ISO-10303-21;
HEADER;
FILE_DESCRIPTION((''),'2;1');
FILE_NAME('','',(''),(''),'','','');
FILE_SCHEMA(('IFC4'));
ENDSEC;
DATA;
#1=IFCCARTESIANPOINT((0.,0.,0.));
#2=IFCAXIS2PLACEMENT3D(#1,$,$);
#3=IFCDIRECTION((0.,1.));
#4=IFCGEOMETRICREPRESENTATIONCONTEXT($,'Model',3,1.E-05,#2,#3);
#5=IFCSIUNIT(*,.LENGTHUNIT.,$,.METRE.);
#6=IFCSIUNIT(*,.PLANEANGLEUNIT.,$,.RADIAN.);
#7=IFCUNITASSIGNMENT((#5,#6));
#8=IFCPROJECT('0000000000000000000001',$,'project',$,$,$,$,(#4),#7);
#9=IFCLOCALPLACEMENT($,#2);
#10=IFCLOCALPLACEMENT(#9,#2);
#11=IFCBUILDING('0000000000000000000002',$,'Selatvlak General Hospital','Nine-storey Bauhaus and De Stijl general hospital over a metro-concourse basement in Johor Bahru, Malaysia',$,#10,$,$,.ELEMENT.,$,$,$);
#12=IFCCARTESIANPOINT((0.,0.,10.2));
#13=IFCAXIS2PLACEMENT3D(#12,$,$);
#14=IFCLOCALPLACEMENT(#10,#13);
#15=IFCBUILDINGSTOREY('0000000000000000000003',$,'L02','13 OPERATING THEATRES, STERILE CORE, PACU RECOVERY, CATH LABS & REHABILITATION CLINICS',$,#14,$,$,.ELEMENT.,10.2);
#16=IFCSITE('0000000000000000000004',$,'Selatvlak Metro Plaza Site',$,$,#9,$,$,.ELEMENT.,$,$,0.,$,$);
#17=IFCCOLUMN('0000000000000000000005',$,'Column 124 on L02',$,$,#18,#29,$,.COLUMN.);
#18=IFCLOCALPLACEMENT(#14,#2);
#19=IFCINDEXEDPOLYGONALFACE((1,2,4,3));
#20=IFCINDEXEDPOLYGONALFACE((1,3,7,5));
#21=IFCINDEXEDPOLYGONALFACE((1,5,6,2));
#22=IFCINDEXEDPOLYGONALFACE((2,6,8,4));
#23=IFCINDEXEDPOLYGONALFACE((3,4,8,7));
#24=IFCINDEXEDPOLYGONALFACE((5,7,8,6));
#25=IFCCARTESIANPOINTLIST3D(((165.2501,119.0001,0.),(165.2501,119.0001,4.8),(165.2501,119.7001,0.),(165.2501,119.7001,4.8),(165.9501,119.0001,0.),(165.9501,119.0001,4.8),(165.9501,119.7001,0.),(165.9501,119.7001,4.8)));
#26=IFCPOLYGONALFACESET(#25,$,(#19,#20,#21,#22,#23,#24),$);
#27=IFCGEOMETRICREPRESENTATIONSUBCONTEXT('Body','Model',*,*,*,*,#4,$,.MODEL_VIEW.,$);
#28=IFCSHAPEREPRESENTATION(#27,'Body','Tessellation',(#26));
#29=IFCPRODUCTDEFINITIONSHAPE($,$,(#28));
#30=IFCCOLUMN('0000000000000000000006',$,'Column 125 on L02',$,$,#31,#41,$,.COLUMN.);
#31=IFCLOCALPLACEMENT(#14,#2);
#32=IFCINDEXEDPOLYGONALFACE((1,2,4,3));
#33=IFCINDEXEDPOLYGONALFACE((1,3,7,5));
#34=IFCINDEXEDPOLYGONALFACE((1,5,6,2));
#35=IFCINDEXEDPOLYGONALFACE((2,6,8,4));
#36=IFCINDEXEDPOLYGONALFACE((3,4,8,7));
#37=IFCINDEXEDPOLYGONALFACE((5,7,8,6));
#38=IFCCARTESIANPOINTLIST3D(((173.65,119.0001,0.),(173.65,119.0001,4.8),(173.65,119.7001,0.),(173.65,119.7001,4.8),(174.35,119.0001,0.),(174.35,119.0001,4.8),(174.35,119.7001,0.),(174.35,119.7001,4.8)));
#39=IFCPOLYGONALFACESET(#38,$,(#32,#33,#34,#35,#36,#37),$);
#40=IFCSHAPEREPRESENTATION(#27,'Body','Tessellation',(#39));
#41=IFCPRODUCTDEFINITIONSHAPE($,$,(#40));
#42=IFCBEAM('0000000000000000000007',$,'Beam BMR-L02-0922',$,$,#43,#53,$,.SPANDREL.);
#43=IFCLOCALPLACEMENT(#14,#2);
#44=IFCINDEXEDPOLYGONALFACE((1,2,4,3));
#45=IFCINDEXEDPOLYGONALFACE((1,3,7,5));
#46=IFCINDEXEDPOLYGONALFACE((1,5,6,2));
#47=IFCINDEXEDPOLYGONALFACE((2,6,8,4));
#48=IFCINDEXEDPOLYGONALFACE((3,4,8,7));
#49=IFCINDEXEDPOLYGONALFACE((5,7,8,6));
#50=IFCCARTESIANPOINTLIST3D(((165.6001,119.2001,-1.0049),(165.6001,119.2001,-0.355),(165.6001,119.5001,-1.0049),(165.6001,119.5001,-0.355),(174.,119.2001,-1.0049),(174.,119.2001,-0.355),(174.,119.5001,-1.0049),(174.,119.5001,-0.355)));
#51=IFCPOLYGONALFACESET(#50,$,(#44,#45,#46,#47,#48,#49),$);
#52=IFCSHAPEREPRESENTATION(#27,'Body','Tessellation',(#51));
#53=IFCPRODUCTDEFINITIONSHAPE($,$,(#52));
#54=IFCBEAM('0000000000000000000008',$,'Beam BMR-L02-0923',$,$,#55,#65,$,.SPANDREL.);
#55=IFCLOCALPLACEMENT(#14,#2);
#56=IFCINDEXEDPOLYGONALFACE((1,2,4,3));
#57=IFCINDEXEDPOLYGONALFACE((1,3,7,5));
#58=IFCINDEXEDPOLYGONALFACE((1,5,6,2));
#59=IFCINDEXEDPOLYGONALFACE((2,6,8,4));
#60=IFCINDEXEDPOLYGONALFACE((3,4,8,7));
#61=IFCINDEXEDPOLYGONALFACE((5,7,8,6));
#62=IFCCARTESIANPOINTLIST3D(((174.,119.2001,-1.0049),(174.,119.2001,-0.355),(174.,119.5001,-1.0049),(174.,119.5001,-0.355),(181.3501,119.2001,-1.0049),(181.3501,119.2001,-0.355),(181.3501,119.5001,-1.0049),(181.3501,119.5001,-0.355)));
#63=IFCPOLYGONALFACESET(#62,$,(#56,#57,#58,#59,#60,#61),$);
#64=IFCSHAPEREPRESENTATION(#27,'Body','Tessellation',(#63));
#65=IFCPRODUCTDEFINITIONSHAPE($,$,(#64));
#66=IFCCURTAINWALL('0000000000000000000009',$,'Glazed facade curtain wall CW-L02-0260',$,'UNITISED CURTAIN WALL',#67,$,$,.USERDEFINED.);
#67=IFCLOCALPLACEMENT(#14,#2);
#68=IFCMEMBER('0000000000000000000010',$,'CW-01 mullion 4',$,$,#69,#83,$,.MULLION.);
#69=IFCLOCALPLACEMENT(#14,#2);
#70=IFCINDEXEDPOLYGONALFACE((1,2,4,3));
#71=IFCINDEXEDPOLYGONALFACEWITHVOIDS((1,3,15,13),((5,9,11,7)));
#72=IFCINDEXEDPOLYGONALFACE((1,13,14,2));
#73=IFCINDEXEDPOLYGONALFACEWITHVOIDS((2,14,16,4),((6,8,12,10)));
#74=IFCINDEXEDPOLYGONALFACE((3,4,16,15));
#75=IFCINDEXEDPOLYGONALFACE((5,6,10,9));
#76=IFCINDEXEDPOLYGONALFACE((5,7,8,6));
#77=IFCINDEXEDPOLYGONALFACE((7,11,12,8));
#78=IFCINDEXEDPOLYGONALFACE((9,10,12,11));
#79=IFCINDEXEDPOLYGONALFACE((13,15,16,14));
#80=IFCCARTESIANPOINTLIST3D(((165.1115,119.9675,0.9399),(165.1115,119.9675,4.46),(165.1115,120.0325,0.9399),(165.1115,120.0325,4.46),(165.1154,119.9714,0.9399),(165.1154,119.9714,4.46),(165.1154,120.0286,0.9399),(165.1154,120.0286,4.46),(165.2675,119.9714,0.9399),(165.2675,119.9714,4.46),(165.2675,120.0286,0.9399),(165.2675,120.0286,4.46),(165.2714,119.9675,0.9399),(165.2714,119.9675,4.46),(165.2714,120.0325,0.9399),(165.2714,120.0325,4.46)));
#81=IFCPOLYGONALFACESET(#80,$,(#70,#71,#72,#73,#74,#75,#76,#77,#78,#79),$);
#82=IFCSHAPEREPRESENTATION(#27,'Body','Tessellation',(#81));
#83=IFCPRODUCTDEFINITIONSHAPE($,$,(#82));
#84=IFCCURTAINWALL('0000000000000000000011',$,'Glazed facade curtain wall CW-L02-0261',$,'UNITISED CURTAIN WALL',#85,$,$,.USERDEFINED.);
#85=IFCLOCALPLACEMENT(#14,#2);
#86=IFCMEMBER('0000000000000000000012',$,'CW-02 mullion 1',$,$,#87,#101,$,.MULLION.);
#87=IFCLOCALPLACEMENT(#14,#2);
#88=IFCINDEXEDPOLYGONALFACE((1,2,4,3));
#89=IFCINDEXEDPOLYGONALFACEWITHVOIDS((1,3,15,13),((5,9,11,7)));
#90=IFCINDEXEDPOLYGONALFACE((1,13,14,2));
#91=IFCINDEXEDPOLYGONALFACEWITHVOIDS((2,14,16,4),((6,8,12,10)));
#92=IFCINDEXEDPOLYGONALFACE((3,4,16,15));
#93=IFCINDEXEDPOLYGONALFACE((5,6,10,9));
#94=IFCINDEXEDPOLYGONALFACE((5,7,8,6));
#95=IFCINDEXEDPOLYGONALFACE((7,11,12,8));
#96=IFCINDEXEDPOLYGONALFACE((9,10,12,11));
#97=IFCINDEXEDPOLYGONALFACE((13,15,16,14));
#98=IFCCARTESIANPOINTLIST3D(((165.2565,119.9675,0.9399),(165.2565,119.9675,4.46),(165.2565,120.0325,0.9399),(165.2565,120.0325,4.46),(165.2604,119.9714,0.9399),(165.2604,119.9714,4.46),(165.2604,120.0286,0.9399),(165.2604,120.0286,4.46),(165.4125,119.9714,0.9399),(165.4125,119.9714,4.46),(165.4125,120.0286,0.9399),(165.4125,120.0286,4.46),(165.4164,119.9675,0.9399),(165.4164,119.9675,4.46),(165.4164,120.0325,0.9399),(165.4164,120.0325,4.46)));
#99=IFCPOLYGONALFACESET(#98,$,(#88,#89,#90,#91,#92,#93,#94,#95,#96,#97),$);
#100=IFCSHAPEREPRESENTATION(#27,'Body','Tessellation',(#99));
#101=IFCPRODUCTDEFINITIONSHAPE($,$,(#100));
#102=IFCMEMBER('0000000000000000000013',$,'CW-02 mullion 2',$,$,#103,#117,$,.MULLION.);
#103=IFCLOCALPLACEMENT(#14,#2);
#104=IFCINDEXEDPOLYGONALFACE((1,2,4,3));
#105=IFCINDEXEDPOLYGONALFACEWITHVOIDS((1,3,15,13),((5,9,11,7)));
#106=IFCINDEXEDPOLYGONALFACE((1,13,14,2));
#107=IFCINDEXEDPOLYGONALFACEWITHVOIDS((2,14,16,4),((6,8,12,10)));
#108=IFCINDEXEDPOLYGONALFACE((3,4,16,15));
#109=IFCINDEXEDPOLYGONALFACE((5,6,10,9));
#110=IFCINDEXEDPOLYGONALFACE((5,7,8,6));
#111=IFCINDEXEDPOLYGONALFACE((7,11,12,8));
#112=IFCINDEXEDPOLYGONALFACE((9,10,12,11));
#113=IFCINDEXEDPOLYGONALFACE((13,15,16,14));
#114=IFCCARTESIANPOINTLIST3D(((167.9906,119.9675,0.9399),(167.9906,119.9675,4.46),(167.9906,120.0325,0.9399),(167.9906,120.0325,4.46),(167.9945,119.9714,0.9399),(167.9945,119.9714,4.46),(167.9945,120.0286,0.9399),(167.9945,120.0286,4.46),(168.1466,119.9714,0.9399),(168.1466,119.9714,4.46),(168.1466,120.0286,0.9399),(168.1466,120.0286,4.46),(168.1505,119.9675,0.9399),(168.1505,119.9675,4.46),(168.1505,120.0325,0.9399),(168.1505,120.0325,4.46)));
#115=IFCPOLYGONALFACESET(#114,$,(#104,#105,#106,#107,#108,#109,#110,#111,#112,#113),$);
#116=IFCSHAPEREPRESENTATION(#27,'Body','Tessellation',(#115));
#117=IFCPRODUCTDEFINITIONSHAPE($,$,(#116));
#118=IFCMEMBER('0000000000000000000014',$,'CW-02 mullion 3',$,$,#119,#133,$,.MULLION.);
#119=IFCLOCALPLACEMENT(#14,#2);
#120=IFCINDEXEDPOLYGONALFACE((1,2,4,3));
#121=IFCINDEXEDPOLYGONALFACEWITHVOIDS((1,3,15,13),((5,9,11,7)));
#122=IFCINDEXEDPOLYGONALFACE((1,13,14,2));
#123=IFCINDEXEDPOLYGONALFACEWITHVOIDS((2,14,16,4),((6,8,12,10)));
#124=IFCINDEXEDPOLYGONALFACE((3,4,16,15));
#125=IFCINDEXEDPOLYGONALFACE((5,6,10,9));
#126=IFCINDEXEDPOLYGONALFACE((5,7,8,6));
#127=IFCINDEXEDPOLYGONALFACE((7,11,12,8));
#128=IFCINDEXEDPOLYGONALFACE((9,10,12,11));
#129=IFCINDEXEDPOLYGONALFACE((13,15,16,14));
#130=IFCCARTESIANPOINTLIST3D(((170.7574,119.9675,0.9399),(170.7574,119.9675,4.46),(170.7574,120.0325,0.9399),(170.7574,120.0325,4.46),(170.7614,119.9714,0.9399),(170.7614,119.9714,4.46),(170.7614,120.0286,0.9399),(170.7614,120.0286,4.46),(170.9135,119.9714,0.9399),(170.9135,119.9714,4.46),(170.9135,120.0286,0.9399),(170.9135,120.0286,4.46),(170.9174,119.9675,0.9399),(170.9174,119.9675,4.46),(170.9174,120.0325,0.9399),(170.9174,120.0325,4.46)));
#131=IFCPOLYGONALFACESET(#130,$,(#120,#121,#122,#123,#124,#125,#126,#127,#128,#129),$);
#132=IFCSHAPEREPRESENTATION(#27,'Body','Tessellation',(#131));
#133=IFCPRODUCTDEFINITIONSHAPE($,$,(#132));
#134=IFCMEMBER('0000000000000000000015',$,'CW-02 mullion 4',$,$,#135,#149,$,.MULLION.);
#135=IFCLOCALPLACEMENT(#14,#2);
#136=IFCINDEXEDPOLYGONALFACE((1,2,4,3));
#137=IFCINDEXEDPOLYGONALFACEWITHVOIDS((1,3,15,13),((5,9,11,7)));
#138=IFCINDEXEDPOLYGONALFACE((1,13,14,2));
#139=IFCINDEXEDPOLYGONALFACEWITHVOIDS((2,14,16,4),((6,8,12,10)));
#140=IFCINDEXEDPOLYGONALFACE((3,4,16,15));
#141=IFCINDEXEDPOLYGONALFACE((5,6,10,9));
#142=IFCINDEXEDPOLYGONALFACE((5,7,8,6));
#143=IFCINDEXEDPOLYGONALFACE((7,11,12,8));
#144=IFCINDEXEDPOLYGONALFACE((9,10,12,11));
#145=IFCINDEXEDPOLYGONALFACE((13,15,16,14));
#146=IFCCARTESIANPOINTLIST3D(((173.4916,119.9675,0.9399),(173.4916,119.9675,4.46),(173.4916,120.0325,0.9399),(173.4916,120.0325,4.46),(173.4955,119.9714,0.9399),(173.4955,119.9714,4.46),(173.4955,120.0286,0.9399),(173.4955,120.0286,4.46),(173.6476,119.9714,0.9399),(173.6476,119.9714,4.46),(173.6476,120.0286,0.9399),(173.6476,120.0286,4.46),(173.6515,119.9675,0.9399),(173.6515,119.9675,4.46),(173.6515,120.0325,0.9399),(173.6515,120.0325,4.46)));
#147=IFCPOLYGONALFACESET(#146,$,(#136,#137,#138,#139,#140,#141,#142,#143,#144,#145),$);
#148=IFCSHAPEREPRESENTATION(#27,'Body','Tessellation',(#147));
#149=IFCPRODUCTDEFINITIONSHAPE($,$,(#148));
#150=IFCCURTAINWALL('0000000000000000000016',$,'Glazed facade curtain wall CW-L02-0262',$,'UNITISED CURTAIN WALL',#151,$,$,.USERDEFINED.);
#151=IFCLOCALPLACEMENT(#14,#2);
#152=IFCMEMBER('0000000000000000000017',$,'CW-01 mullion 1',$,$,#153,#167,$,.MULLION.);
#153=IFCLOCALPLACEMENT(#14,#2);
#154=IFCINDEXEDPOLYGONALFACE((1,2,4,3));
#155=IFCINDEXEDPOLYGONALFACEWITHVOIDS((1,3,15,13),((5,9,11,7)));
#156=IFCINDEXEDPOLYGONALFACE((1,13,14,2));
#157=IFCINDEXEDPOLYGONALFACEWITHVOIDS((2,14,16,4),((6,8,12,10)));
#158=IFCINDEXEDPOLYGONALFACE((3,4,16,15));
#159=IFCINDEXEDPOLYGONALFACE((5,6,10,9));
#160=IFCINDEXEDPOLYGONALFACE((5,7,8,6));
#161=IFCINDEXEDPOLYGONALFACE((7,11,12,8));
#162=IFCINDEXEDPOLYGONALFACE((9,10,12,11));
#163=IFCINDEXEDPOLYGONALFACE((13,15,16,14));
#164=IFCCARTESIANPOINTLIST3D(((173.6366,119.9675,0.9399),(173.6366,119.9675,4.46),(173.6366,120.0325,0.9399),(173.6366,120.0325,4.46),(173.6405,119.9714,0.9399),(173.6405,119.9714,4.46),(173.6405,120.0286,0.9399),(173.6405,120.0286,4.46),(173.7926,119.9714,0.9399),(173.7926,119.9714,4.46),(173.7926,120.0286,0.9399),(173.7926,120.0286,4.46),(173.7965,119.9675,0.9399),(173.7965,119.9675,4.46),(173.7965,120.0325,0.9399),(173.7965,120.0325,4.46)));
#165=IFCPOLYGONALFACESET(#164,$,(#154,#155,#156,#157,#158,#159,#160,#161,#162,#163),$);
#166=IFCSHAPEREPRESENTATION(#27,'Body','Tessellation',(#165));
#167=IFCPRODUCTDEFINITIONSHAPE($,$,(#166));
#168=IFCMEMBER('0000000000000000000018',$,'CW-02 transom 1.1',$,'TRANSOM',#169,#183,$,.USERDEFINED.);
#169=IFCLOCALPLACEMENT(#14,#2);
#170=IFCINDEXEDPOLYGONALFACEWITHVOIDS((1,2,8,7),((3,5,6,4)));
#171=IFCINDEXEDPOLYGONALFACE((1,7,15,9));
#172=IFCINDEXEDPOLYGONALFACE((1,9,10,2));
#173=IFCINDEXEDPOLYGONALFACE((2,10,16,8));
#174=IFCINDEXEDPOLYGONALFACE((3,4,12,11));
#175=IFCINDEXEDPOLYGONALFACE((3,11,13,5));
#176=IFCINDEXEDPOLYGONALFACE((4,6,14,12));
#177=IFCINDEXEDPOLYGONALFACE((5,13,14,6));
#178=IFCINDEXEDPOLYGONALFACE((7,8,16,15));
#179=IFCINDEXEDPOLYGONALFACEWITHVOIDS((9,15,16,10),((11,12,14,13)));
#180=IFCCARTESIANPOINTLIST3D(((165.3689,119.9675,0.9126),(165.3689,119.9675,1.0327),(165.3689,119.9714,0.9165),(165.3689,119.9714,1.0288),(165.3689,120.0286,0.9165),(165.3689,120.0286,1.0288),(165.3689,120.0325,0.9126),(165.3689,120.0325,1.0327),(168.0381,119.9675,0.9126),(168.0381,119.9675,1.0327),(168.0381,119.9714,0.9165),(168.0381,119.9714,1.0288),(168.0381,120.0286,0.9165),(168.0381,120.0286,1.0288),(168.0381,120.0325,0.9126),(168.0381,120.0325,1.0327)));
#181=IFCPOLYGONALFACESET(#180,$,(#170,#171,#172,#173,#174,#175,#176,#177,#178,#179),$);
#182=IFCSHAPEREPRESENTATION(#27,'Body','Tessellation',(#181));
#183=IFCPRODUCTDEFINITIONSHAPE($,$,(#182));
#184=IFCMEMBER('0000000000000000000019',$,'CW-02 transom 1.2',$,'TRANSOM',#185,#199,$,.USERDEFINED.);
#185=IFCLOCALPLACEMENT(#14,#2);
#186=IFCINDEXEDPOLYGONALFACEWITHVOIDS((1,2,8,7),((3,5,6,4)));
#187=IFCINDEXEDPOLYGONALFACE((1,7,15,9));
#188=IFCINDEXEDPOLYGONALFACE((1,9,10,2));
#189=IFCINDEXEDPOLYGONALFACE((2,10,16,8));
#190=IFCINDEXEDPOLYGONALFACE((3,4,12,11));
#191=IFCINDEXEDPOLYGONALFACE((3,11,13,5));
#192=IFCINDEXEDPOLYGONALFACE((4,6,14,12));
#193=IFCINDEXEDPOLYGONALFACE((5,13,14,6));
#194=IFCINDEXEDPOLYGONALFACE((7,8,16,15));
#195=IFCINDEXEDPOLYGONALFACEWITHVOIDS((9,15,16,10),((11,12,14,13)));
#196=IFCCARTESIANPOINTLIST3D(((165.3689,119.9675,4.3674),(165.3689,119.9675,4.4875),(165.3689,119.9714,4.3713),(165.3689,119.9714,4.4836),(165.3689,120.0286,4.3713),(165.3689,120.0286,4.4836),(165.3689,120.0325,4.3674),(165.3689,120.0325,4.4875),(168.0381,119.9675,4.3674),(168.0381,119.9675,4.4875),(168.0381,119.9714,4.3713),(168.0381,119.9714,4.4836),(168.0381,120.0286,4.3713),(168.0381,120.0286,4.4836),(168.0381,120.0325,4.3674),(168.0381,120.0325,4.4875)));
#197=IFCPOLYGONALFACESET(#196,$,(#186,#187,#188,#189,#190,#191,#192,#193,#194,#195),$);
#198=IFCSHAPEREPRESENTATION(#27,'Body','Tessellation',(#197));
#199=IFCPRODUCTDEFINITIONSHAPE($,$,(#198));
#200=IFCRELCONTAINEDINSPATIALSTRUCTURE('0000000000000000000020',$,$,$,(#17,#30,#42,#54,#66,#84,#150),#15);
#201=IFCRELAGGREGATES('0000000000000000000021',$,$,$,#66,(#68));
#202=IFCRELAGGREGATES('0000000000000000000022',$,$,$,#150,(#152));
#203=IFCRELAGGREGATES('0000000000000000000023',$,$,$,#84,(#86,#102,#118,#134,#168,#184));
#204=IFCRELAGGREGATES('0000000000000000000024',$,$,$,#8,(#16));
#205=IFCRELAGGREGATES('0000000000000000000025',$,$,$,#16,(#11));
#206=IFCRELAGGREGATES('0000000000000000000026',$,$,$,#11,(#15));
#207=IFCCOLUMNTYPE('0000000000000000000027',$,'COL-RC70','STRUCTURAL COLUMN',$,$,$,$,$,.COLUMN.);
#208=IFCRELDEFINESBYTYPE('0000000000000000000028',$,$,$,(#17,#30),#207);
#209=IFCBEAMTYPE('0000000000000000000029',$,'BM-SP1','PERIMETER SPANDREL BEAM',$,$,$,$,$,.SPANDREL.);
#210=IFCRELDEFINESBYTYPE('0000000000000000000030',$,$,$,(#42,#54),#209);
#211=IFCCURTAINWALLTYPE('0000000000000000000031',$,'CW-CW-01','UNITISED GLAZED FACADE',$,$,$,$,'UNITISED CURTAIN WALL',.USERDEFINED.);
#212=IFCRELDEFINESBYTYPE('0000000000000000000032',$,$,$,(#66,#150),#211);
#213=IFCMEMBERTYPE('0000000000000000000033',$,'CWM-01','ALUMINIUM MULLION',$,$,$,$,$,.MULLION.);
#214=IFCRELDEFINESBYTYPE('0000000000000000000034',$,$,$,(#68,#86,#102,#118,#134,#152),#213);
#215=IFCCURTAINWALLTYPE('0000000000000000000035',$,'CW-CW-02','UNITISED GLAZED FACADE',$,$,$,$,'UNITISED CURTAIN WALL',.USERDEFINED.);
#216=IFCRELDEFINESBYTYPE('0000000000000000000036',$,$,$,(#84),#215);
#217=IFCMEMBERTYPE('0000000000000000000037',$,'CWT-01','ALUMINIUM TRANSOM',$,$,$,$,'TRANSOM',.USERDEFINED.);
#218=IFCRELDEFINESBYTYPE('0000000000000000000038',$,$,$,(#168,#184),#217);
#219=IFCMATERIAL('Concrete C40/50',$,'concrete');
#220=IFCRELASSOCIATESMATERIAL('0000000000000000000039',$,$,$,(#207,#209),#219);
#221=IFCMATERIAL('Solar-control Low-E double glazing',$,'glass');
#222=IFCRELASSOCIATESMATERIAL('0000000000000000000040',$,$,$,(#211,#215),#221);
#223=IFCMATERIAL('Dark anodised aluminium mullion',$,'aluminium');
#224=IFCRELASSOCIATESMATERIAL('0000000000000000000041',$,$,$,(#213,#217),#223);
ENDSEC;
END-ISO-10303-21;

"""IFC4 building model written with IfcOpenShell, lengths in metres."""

from ifc_helpers import new_model, si_unit, direction, frame, origin, origin_2d, place, context, subcontext, project, spatial, rectangle, hollow_rectangle, extrude, material, material_profile, profile_set, type_object, element, aggregate, save


model = new_model("IFC4")

# Units and contexts
model_context = context("Model", 3, precision=1e-05, world=origin(), true_north=direction((0.0, 1.0)))
body_context = subcontext(model_context, "Body", "Model", "MODEL_VIEW")
ifc_project = project(units=[si_unit("LENGTHUNIT", "METRE"), si_unit("PLANEANGLEUNIT", "RADIAN")], contexts=[model_context])

# Site, building, storey
site_placement = place(None, origin())
site = spatial("IfcSite", under=ifc_project, at=site_placement, Name="Selatvlak Metro Plaza Site", CompositionType="ELEMENT", RefElevation=0.0)
building_placement = place(site_placement, origin())
building = spatial("IfcBuilding", under=site, at=building_placement, Name="Selatvlak General Hospital", Description="Nine-storey Bauhaus and De Stijl general hospital over a metro-concourse basement in Johor Bahru, Malaysia", CompositionType="ELEMENT")
storey_placement = place(building_placement, frame((0.0, 0.0, 10.2)))
storey = spatial("IfcBuildingStorey", under=building, at=storey_placement, Name="L02", Description="13 OPERATING THEATRES, STERILE CORE, PACU RECOVERY, CATH LABS & REHABILITATION CLINICS", CompositionType="ELEMENT", Elevation=10.2)

# Columns
ifc_material_1 = material(Name="Concrete C40/50", Category="concrete")
ifc_material_profile_1 = material_profile(ifc_material_1, rectangle(XDim=0.7, YDim=0.7, at=origin_2d()), Name="RC-COL 700x700")
ifc_profile_set_1 = profile_set([ifc_material_profile_1], Name="Concrete C40/50")
column_type = type_object("IfcColumnType", Name="COL-RC70", Description="STRUCTURAL COLUMN", PredefinedType="COLUMN", material=ifc_profile_set_1)
for number, where, z_axis, x_axis, name in (
    (1, (165.6001, 119.3501, 0.0), (0.0, 0.0, 1.0), (1.0, 0.0, 0.0), "Column 124 on L02"),
    (2, (174.0, 119.3501, 0.0), (0.0, 0.0, 1.0), (1.0, 0.0, 0.0), "Column 125 on L02"),
):
    element("IfcColumn", number, at=place(storey_placement, frame(where, z_axis=z_axis, x_axis=x_axis)), inside=storey, type_object=column_type, Name=name, PredefinedType="COLUMN", context=body_context, shape_type="SweptSolid", body=[
        extrude(rectangle(XDim=0.7, YDim=0.7, at=origin_2d()), origin(), (0.0, 0.0, 1.0), 4.8),
    ])

# Beams
ifc_material_profile_2 = material_profile(ifc_material_1, rectangle(XDim=0.3, YDim=0.6499, at=origin_2d()), Name="RC-SP 300x650")
ifc_profile_set_2 = profile_set([ifc_material_profile_2], Name="Concrete C40/50")
beam_type = type_object("IfcBeamType", Name="BM-SP1", Description="PERIMETER SPANDREL BEAM", PredefinedType="SPANDREL", material=ifc_profile_set_2)
beam_1_placement = place(storey_placement, frame((165.6001, 119.3501, -0.6799), z_axis=(1.0, 0.0, 0.0), x_axis=(0.0, 1.0, 0.0)))
element("IfcBeam", 3, at=beam_1_placement, inside=storey, type_object=beam_type, Name="Beam BMR-L02-0922", PredefinedType="SPANDREL", context=body_context, shape_type="SweptSolid", body=[
    extrude(rectangle(XDim=0.3, YDim=0.6499, at=origin_2d()), origin(), (0.0, 0.0, 1.0), 8.3999),
])
beam_2_placement = place(storey_placement, frame((174.0, 119.3501, -0.6799), z_axis=(1.0, 0.0, 0.0), x_axis=(0.0, 1.0, 0.0)))
element("IfcBeam", 4, at=beam_2_placement, inside=storey, type_object=beam_type, Name="Beam BMR-L02-0923", PredefinedType="SPANDREL", context=body_context, shape_type="SweptSolid", body=[
    extrude(rectangle(XDim=0.3, YDim=0.6499, at=origin_2d()), origin(), (0.0, 0.0, 1.0), 7.3501),
])

# Curtain wall, member
ifc_material_2 = material(Name="Solar-control Low-E double glazing", Category="glass")
curtain_wall_type_1 = type_object("IfcCurtainWallType", Name="CW-CW-01", Description="UNITISED GLAZED FACADE", ElementType="UNITISED CURTAIN WALL", PredefinedType="USERDEFINED", material=ifc_material_2)
curtain_wall_1_placement = place(storey_placement, origin())
curtain_wall_1 = element("IfcCurtainWall", 5, at=curtain_wall_1_placement, inside=storey, type_object=curtain_wall_type_1, Name="Glazed facade curtain wall CW-L02-0260", ObjectType="UNITISED CURTAIN WALL", PredefinedType="USERDEFINED")
ifc_material_3 = material(Name="Dark anodised aluminium mullion", Category="aluminium")
ifc_material_profile_3 = material_profile(ifc_material_3, hollow_rectangle(XDim=0.0649, YDim=0.1599, WallThickness=0.0039, at=origin_2d()), Name="AL-MUL 65x160x4")
ifc_profile_set_3 = profile_set([ifc_material_profile_3], Name="Dark anodised aluminium mullion")
member_type_1 = type_object("IfcMemberType", Name="CWM-01", Description="ALUMINIUM MULLION", PredefinedType="MULLION", material=ifc_profile_set_3)
member_1_placement = place(storey_placement, frame((165.1914, 120.0, 0.9399), z_axis=(0.0, 0.0, 1.0), x_axis=(0.0, 1.0, 0.0)))
member_1 = element("IfcMember", 6, at=member_1_placement, type_object=member_type_1, Name="CW-01 mullion 4", PredefinedType="MULLION", context=body_context, shape_type="SweptSolid", body=[
    extrude(hollow_rectangle(XDim=0.0649, YDim=0.1599, WallThickness=0.0039, at=origin_2d()), origin(), (0.0, 0.0, 1.0), 3.52),
])
aggregate(curtain_wall_1, [member_1])

# Curtain wall, members
curtain_wall_type_2 = type_object("IfcCurtainWallType", Name="CW-CW-02", Description="UNITISED GLAZED FACADE", ElementType="UNITISED CURTAIN WALL", PredefinedType="USERDEFINED", material=ifc_material_2)
curtain_wall_2_placement = place(storey_placement, origin())
curtain_wall_2 = element("IfcCurtainWall", 7, at=curtain_wall_2_placement, inside=storey, type_object=curtain_wall_type_2, Name="Glazed facade curtain wall CW-L02-0261", ObjectType="UNITISED CURTAIN WALL", PredefinedType="USERDEFINED")
member_2_placement = place(storey_placement, frame((165.3364, 120.0, 0.9399), z_axis=(0.0, 0.0, 1.0), x_axis=(0.0, 1.0, 0.0)))
member_2 = element("IfcMember", 8, at=member_2_placement, type_object=member_type_1, Name="CW-02 mullion 1", PredefinedType="MULLION", context=body_context, shape_type="SweptSolid", body=[
    extrude(hollow_rectangle(XDim=0.0649, YDim=0.1599, WallThickness=0.0039, at=origin_2d()), origin(), (0.0, 0.0, 1.0), 3.52),
])
member_3_placement = place(storey_placement, frame((168.0706, 120.0, 0.9399), z_axis=(0.0, 0.0, 1.0), x_axis=(0.0, 1.0, 0.0)))
member_3 = element("IfcMember", 9, at=member_3_placement, type_object=member_type_1, Name="CW-02 mullion 2", PredefinedType="MULLION", context=body_context, shape_type="SweptSolid", body=[
    extrude(hollow_rectangle(XDim=0.0649, YDim=0.1599, WallThickness=0.0039, at=origin_2d()), origin(), (0.0, 0.0, 1.0), 3.52),
])
member_4_placement = place(storey_placement, frame((170.8374, 120.0, 0.9399), z_axis=(0.0, 0.0, 1.0), x_axis=(0.0, 1.0, 0.0)))
member_4 = element("IfcMember", 10, at=member_4_placement, type_object=member_type_1, Name="CW-02 mullion 3", PredefinedType="MULLION", context=body_context, shape_type="SweptSolid", body=[
    extrude(hollow_rectangle(XDim=0.0649, YDim=0.1599, WallThickness=0.0039, at=origin_2d()), origin(), (0.0, 0.0, 1.0), 3.52),
])
member_5_placement = place(storey_placement, frame((173.5715, 120.0, 0.9399), z_axis=(0.0, 0.0, 1.0), x_axis=(0.0, 1.0, 0.0)))
member_5 = element("IfcMember", 11, at=member_5_placement, type_object=member_type_1, Name="CW-02 mullion 4", PredefinedType="MULLION", context=body_context, shape_type="SweptSolid", body=[
    extrude(hollow_rectangle(XDim=0.0649, YDim=0.1599, WallThickness=0.0039, at=origin_2d()), origin(), (0.0, 0.0, 1.0), 3.52),
])

# Curtain wall, member
curtain_wall_3_placement = place(storey_placement, origin())
curtain_wall_3 = element("IfcCurtainWall", 12, at=curtain_wall_3_placement, inside=storey, type_object=curtain_wall_type_1, Name="Glazed facade curtain wall CW-L02-0262", ObjectType="UNITISED CURTAIN WALL", PredefinedType="USERDEFINED")
member_6_placement = place(storey_placement, frame((173.7166, 120.0, 0.9399), z_axis=(0.0, 0.0, 1.0), x_axis=(0.0, 1.0, 0.0)))
member_6 = element("IfcMember", 13, at=member_6_placement, type_object=member_type_1, Name="CW-01 mullion 1", PredefinedType="MULLION", context=body_context, shape_type="SweptSolid", body=[
    extrude(hollow_rectangle(XDim=0.0649, YDim=0.1599, WallThickness=0.0039, at=origin_2d()), origin(), (0.0, 0.0, 1.0), 3.52),
])

# Members
ifc_material_profile_4 = material_profile(ifc_material_3, hollow_rectangle(XDim=0.0649, YDim=0.1201, WallThickness=0.0039, at=origin_2d()), Name="AL-TRN 65x120x4")
ifc_profile_set_4 = profile_set([ifc_material_profile_4], Name="Dark anodised aluminium mullion")
member_type_2 = type_object("IfcMemberType", Name="CWT-01", Description="ALUMINIUM TRANSOM", ElementType="TRANSOM", PredefinedType="USERDEFINED", material=ifc_profile_set_4)
member_7_placement = place(storey_placement, frame((165.3689, 120.0, 0.9727), z_axis=(1.0, 0.0, 0.0), x_axis=(0.0, 1.0, 0.0)))
member_7 = element("IfcMember", 14, at=member_7_placement, type_object=member_type_2, Name="CW-02 transom 1.1", ObjectType="TRANSOM", PredefinedType="USERDEFINED", context=body_context, shape_type="SweptSolid", body=[
    extrude(hollow_rectangle(XDim=0.0649, YDim=0.1201, WallThickness=0.0039, at=origin_2d()), origin(), (0.0, 0.0, 1.0), 2.6692),
])
member_8_placement = place(storey_placement, frame((165.3689, 120.0, 4.4275), z_axis=(1.0, 0.0, 0.0), x_axis=(0.0, 1.0, 0.0)))
member_8 = element("IfcMember", 15, at=member_8_placement, type_object=member_type_2, Name="CW-02 transom 1.2", ObjectType="TRANSOM", PredefinedType="USERDEFINED", context=body_context, shape_type="SweptSolid", body=[
    extrude(hollow_rectangle(XDim=0.0649, YDim=0.1201, WallThickness=0.0039, at=origin_2d()), origin(), (0.0, 0.0, 1.0), 2.6692),
])
aggregate(curtain_wall_3, [member_6])

aggregate(curtain_wall_2, [member_2, member_3, member_4, member_5, member_7, member_8])

save(model, "model.ifc")
